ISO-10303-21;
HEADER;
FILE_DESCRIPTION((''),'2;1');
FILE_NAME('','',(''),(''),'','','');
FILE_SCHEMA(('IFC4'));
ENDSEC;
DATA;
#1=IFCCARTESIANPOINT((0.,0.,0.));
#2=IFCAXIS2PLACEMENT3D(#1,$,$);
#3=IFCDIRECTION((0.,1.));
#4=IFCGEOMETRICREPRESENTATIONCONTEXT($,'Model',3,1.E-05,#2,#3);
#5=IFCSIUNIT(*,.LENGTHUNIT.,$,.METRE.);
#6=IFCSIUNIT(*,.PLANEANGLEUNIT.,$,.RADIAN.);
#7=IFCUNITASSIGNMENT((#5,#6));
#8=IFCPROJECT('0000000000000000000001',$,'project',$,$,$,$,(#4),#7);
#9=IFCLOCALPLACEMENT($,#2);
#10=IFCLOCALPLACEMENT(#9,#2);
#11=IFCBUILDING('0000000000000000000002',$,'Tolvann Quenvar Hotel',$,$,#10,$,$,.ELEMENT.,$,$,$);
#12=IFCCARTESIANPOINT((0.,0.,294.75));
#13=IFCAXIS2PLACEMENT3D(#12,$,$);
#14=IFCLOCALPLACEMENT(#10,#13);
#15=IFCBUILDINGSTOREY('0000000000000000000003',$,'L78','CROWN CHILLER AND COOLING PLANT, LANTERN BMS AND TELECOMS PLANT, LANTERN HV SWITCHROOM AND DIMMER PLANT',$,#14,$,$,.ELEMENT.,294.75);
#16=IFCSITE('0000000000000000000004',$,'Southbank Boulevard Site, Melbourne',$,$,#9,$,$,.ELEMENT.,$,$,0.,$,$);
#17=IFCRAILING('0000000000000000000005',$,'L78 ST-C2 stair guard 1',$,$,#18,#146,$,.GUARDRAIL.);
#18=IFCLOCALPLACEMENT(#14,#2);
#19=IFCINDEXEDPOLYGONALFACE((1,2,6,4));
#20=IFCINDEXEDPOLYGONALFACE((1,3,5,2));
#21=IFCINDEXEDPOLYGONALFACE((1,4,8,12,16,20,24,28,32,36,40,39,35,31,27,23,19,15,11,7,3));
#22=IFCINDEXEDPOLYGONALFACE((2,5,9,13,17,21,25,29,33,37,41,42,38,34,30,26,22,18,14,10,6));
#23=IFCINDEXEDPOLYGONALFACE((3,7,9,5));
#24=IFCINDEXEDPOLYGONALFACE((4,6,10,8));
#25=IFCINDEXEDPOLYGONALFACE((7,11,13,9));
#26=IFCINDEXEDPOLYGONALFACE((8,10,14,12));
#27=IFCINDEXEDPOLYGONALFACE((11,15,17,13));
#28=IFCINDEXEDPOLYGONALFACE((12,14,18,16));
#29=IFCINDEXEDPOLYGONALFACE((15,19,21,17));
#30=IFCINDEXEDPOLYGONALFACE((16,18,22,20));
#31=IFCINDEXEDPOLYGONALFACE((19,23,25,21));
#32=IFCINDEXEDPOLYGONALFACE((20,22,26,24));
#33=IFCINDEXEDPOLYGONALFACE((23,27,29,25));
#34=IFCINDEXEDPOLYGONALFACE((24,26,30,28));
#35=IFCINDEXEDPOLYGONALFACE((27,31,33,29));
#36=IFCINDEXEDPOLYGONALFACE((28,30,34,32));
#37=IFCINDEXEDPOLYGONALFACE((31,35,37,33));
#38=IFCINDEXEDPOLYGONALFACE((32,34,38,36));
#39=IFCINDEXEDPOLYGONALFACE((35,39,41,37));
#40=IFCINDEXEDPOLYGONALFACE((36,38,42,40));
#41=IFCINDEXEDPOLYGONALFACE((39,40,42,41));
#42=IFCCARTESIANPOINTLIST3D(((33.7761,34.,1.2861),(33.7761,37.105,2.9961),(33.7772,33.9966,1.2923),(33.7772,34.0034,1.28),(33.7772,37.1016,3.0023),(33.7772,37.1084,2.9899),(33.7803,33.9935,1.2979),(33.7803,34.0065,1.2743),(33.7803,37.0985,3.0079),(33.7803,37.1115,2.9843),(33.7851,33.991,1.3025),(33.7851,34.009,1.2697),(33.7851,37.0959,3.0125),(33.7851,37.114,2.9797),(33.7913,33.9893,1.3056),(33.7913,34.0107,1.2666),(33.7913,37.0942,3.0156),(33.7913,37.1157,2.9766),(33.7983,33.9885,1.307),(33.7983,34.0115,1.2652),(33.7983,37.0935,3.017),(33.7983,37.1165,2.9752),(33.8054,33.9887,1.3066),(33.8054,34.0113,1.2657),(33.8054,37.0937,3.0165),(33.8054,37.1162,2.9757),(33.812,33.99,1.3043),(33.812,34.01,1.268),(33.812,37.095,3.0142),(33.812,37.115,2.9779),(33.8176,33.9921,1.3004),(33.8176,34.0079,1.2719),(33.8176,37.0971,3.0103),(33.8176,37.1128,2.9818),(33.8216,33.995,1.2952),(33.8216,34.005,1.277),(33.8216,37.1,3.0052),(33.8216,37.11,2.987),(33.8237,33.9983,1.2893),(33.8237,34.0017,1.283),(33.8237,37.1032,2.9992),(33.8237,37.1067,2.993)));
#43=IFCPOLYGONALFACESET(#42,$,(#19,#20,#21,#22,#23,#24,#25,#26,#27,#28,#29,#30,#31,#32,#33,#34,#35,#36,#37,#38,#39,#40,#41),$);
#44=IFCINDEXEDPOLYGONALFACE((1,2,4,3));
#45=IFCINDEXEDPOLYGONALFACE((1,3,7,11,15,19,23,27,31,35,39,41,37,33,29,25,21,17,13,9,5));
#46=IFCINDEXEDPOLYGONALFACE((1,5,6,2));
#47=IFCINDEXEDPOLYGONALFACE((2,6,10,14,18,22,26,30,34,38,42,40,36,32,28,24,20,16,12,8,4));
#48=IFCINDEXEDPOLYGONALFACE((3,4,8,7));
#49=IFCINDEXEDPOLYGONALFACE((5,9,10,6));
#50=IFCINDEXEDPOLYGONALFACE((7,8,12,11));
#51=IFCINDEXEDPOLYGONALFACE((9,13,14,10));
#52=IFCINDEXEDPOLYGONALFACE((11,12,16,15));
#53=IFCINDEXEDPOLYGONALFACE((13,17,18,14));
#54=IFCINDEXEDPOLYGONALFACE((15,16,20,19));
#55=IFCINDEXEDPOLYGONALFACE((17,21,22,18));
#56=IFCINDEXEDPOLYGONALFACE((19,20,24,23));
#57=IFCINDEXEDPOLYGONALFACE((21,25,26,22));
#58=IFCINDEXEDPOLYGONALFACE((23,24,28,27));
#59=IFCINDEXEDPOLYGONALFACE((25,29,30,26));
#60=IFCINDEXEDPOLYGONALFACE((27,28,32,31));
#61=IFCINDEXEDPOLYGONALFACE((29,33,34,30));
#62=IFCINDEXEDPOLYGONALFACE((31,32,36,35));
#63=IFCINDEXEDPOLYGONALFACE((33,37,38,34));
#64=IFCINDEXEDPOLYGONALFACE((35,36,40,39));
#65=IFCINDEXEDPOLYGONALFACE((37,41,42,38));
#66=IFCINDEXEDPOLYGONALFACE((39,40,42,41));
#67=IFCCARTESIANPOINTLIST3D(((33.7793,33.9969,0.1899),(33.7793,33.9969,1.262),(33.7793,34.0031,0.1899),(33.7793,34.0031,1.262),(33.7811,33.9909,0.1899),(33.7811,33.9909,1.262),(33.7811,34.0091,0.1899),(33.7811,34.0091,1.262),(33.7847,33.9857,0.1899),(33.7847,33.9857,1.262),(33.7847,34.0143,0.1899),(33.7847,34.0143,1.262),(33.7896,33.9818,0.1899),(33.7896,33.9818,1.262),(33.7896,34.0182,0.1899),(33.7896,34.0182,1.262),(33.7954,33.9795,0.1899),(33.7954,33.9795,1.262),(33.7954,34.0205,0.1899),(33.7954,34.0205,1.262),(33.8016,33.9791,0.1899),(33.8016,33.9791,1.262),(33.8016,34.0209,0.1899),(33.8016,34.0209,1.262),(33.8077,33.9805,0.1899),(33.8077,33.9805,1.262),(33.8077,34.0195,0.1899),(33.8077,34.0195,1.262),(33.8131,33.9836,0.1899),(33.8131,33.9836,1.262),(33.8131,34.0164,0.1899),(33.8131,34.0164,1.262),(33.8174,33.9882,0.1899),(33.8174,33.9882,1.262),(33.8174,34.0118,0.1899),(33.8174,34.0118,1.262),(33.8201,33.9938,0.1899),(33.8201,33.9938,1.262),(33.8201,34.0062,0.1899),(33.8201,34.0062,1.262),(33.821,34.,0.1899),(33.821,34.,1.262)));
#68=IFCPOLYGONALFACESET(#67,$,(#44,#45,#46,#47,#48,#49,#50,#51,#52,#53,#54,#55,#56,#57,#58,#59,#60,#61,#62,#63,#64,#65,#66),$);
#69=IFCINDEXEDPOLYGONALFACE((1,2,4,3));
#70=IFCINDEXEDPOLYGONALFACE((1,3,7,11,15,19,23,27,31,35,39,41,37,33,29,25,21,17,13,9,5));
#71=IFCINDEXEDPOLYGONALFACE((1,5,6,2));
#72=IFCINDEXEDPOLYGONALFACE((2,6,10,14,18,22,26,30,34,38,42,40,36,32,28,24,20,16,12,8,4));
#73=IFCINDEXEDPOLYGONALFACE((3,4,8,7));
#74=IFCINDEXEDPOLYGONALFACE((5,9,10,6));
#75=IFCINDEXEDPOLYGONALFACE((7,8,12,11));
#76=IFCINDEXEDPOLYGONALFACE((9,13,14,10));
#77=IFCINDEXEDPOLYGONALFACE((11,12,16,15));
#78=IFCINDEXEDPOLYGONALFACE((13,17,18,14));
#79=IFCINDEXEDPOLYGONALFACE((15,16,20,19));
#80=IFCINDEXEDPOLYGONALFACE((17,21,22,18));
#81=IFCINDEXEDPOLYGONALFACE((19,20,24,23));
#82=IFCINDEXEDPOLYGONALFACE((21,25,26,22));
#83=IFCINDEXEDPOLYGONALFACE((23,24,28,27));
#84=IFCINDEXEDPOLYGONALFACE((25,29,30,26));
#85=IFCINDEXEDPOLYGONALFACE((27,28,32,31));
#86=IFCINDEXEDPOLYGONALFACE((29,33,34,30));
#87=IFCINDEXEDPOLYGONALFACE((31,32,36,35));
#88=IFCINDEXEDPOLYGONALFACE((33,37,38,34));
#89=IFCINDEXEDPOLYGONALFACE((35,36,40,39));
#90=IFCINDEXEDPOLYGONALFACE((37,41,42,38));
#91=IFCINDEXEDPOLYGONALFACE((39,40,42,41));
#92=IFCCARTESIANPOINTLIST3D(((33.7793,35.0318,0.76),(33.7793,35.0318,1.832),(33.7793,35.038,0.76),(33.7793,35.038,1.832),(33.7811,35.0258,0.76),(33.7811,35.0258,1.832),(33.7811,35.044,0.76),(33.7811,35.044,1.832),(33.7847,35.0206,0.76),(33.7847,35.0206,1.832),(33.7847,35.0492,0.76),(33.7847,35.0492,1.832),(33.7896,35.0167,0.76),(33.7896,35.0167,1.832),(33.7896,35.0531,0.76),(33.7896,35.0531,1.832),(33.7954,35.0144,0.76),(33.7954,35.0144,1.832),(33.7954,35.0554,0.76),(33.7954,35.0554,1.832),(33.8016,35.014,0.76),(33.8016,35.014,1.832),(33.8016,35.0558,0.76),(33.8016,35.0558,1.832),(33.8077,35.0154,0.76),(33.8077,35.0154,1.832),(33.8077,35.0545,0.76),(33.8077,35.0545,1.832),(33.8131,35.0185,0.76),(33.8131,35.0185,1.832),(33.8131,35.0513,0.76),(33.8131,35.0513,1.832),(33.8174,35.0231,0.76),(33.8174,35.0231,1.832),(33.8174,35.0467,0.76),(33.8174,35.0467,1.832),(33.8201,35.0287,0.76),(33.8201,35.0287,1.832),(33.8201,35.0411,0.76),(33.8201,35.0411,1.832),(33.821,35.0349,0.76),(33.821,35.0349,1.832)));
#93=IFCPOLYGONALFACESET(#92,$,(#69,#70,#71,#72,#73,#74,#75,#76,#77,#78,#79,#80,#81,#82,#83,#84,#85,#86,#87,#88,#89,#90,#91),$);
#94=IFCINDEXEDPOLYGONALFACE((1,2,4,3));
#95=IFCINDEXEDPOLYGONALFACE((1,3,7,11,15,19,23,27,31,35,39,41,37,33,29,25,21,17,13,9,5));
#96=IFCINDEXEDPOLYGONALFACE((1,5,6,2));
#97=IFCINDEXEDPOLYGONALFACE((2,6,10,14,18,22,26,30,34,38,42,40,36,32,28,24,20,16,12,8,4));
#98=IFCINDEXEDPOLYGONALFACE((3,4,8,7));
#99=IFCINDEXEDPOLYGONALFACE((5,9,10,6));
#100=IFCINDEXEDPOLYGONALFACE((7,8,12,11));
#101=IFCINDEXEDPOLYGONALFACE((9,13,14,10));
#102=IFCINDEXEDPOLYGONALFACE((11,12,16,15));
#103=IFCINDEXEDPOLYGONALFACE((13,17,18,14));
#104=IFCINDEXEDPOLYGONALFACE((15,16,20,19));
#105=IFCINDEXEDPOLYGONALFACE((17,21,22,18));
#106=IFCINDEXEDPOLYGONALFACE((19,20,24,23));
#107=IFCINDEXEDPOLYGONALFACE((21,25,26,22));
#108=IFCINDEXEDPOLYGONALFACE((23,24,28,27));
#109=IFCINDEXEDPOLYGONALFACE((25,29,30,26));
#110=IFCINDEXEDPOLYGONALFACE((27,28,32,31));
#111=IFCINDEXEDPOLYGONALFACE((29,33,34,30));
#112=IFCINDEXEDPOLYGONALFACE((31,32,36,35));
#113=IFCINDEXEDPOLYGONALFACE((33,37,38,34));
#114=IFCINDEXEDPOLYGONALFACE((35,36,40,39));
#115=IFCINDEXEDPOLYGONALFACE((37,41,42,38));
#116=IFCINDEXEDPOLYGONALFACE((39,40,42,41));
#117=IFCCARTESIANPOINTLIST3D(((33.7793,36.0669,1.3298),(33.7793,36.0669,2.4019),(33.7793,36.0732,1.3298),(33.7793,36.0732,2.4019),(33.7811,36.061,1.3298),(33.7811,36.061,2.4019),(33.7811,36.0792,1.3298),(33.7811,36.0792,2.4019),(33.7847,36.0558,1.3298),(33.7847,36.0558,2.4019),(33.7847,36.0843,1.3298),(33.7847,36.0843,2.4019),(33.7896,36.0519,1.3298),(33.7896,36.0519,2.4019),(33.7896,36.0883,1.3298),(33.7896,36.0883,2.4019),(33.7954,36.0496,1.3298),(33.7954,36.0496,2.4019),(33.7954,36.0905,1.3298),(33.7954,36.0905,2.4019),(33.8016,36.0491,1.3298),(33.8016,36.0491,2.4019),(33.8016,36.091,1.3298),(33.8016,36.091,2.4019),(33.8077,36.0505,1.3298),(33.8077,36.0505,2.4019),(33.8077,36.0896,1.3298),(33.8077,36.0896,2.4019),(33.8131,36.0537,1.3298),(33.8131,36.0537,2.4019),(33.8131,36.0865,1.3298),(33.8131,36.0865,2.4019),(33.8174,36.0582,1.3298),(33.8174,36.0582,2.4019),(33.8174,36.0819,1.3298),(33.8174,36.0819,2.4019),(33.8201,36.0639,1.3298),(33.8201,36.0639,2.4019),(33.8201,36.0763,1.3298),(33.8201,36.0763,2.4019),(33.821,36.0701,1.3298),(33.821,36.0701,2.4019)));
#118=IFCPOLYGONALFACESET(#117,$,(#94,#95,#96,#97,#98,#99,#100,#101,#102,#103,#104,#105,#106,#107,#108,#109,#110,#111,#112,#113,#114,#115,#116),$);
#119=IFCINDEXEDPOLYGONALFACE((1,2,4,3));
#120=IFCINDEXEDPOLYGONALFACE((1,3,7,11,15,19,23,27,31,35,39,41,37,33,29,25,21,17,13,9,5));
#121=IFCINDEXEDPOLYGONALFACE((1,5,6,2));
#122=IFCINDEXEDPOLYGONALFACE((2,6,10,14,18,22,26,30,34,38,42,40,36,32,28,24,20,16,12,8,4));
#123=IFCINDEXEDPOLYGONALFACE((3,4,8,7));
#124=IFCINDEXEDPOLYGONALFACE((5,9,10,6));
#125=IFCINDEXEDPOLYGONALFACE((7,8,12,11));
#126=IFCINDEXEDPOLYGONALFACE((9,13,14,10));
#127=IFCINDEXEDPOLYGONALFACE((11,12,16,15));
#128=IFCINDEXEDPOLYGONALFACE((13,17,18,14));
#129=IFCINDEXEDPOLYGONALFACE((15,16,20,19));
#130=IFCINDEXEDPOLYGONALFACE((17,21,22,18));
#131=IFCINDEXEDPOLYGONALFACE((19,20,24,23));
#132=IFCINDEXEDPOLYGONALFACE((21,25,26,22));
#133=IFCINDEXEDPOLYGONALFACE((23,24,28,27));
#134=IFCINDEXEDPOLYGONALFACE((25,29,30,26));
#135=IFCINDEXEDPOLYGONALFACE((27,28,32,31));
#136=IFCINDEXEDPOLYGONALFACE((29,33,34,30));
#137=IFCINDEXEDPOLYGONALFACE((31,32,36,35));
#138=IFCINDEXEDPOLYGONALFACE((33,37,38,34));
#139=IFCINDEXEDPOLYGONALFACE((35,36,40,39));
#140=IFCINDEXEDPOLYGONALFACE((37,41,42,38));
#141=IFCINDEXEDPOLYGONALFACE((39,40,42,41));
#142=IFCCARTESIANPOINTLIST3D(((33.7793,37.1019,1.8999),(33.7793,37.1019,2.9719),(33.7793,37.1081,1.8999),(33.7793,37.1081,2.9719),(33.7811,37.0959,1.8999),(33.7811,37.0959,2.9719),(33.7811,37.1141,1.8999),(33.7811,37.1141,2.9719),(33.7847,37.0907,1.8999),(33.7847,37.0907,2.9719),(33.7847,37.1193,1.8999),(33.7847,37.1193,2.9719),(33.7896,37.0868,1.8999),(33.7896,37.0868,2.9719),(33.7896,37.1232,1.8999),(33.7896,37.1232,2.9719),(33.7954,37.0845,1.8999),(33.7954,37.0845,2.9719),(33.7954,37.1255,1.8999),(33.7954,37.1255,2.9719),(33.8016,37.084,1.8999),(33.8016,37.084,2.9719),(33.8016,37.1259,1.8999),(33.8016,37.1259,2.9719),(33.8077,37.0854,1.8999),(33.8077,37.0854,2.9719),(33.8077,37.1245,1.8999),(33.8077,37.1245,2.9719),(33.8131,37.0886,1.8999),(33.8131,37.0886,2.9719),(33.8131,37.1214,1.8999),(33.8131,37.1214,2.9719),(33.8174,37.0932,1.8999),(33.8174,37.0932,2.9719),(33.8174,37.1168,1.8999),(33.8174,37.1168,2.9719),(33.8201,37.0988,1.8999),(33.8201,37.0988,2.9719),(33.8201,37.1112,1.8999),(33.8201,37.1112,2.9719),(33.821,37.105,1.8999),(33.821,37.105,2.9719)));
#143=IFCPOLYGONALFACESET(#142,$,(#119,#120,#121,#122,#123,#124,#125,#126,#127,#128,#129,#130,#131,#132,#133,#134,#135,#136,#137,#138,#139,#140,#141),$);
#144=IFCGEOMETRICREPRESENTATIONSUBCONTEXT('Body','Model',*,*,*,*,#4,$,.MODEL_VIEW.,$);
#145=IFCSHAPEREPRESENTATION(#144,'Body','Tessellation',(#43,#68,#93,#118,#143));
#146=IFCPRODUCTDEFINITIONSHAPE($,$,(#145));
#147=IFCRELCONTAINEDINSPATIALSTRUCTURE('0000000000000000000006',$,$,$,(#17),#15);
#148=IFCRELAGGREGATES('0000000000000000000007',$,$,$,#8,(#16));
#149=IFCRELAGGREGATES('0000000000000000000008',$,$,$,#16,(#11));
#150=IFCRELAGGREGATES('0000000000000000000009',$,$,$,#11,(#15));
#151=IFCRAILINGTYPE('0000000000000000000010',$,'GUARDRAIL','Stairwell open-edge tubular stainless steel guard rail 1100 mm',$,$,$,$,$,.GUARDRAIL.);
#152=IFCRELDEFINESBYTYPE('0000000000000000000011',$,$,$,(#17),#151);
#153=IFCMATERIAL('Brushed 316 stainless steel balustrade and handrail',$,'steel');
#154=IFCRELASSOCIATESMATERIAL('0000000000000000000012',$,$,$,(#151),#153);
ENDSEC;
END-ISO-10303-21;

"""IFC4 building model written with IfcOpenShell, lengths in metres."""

from ifc_helpers import new_model, si_unit, direction, frame, origin, origin_2d, place, context, subcontext, project, spatial, circle, extrude, material, type_object, element, save


model = new_model("IFC4")

# Units and contexts
model_context = context("Model", 3, precision=1e-05, world=origin(), true_north=direction((0.0, 1.0)))
body_context = subcontext(model_context, "Body", "Model", "MODEL_VIEW")
ifc_project = project(units=[si_unit("LENGTHUNIT", "METRE"), si_unit("PLANEANGLEUNIT", "RADIAN")], contexts=[model_context])

# Site, building, storey
site_placement = place(None, origin())
site = spatial("IfcSite", under=ifc_project, at=site_placement, Name="Southbank Boulevard Site, Melbourne", CompositionType="ELEMENT", RefElevation=0.0)
building_placement = place(site_placement, origin())
building = spatial("IfcBuilding", under=site, at=building_placement, Name="Tolvann Quenvar Hotel", CompositionType="ELEMENT")
storey_placement = place(building_placement, frame((0.0, 0.0, 294.75)))
storey = spatial("IfcBuildingStorey", under=building, at=storey_placement, Name="L78", Description="CROWN CHILLER AND COOLING PLANT, LANTERN BMS AND TELECOMS PLANT, LANTERN HV SWITCHROOM AND DIMMER PLANT", CompositionType="ELEMENT", Elevation=294.75)

# Railing
ifc_material_1 = material(Name="Brushed 316 stainless steel balustrade and handrail", Category="steel")
railing_type_1 = type_object("IfcRailingType", Name="GUARDRAIL", Description="Stairwell open-edge tubular stainless steel guard rail 1100 mm", PredefinedType="GUARDRAIL", material=ifc_material_1)
railing_1_placement = place(storey_placement, frame((33.8, 34.0, 0.1899)))
element("IfcRailing", 1, at=railing_1_placement, inside=storey, type_object=railing_type_1, Name="L78 ST-C2 stair guard 1", PredefinedType="GUARDRAIL", context=body_context, shape_type="SweptSolid", body=[
    extrude(circle(Radius=0.0239, at=origin_2d()), frame((0.0, 0.0, 1.0962), z_axis=(0.0, 0.875951, 0.4824), x_axis=(-1.0, 0.0, 0.0)), (0.0, 0.0, 1.0), 3.5447),
    extrude(circle(Radius=0.021, at=origin_2d()), origin(), (0.0, 0.0, 1.0), 1.072),
    extrude(circle(Radius=0.021, at=origin_2d()), frame((0.0, 1.0349, 0.5701)), (0.0, 0.0, 1.0), 1.072),
    extrude(circle(Radius=0.021, at=origin_2d()), frame((0.0, 2.0701, 1.1399)), (0.0, 0.0, 1.0), 1.072),
    extrude(circle(Radius=0.021, at=origin_2d()), frame((0.0, 3.105, 1.71)), (0.0, 0.0, 1.0), 1.072),
])

save(model, "model.ifc")
